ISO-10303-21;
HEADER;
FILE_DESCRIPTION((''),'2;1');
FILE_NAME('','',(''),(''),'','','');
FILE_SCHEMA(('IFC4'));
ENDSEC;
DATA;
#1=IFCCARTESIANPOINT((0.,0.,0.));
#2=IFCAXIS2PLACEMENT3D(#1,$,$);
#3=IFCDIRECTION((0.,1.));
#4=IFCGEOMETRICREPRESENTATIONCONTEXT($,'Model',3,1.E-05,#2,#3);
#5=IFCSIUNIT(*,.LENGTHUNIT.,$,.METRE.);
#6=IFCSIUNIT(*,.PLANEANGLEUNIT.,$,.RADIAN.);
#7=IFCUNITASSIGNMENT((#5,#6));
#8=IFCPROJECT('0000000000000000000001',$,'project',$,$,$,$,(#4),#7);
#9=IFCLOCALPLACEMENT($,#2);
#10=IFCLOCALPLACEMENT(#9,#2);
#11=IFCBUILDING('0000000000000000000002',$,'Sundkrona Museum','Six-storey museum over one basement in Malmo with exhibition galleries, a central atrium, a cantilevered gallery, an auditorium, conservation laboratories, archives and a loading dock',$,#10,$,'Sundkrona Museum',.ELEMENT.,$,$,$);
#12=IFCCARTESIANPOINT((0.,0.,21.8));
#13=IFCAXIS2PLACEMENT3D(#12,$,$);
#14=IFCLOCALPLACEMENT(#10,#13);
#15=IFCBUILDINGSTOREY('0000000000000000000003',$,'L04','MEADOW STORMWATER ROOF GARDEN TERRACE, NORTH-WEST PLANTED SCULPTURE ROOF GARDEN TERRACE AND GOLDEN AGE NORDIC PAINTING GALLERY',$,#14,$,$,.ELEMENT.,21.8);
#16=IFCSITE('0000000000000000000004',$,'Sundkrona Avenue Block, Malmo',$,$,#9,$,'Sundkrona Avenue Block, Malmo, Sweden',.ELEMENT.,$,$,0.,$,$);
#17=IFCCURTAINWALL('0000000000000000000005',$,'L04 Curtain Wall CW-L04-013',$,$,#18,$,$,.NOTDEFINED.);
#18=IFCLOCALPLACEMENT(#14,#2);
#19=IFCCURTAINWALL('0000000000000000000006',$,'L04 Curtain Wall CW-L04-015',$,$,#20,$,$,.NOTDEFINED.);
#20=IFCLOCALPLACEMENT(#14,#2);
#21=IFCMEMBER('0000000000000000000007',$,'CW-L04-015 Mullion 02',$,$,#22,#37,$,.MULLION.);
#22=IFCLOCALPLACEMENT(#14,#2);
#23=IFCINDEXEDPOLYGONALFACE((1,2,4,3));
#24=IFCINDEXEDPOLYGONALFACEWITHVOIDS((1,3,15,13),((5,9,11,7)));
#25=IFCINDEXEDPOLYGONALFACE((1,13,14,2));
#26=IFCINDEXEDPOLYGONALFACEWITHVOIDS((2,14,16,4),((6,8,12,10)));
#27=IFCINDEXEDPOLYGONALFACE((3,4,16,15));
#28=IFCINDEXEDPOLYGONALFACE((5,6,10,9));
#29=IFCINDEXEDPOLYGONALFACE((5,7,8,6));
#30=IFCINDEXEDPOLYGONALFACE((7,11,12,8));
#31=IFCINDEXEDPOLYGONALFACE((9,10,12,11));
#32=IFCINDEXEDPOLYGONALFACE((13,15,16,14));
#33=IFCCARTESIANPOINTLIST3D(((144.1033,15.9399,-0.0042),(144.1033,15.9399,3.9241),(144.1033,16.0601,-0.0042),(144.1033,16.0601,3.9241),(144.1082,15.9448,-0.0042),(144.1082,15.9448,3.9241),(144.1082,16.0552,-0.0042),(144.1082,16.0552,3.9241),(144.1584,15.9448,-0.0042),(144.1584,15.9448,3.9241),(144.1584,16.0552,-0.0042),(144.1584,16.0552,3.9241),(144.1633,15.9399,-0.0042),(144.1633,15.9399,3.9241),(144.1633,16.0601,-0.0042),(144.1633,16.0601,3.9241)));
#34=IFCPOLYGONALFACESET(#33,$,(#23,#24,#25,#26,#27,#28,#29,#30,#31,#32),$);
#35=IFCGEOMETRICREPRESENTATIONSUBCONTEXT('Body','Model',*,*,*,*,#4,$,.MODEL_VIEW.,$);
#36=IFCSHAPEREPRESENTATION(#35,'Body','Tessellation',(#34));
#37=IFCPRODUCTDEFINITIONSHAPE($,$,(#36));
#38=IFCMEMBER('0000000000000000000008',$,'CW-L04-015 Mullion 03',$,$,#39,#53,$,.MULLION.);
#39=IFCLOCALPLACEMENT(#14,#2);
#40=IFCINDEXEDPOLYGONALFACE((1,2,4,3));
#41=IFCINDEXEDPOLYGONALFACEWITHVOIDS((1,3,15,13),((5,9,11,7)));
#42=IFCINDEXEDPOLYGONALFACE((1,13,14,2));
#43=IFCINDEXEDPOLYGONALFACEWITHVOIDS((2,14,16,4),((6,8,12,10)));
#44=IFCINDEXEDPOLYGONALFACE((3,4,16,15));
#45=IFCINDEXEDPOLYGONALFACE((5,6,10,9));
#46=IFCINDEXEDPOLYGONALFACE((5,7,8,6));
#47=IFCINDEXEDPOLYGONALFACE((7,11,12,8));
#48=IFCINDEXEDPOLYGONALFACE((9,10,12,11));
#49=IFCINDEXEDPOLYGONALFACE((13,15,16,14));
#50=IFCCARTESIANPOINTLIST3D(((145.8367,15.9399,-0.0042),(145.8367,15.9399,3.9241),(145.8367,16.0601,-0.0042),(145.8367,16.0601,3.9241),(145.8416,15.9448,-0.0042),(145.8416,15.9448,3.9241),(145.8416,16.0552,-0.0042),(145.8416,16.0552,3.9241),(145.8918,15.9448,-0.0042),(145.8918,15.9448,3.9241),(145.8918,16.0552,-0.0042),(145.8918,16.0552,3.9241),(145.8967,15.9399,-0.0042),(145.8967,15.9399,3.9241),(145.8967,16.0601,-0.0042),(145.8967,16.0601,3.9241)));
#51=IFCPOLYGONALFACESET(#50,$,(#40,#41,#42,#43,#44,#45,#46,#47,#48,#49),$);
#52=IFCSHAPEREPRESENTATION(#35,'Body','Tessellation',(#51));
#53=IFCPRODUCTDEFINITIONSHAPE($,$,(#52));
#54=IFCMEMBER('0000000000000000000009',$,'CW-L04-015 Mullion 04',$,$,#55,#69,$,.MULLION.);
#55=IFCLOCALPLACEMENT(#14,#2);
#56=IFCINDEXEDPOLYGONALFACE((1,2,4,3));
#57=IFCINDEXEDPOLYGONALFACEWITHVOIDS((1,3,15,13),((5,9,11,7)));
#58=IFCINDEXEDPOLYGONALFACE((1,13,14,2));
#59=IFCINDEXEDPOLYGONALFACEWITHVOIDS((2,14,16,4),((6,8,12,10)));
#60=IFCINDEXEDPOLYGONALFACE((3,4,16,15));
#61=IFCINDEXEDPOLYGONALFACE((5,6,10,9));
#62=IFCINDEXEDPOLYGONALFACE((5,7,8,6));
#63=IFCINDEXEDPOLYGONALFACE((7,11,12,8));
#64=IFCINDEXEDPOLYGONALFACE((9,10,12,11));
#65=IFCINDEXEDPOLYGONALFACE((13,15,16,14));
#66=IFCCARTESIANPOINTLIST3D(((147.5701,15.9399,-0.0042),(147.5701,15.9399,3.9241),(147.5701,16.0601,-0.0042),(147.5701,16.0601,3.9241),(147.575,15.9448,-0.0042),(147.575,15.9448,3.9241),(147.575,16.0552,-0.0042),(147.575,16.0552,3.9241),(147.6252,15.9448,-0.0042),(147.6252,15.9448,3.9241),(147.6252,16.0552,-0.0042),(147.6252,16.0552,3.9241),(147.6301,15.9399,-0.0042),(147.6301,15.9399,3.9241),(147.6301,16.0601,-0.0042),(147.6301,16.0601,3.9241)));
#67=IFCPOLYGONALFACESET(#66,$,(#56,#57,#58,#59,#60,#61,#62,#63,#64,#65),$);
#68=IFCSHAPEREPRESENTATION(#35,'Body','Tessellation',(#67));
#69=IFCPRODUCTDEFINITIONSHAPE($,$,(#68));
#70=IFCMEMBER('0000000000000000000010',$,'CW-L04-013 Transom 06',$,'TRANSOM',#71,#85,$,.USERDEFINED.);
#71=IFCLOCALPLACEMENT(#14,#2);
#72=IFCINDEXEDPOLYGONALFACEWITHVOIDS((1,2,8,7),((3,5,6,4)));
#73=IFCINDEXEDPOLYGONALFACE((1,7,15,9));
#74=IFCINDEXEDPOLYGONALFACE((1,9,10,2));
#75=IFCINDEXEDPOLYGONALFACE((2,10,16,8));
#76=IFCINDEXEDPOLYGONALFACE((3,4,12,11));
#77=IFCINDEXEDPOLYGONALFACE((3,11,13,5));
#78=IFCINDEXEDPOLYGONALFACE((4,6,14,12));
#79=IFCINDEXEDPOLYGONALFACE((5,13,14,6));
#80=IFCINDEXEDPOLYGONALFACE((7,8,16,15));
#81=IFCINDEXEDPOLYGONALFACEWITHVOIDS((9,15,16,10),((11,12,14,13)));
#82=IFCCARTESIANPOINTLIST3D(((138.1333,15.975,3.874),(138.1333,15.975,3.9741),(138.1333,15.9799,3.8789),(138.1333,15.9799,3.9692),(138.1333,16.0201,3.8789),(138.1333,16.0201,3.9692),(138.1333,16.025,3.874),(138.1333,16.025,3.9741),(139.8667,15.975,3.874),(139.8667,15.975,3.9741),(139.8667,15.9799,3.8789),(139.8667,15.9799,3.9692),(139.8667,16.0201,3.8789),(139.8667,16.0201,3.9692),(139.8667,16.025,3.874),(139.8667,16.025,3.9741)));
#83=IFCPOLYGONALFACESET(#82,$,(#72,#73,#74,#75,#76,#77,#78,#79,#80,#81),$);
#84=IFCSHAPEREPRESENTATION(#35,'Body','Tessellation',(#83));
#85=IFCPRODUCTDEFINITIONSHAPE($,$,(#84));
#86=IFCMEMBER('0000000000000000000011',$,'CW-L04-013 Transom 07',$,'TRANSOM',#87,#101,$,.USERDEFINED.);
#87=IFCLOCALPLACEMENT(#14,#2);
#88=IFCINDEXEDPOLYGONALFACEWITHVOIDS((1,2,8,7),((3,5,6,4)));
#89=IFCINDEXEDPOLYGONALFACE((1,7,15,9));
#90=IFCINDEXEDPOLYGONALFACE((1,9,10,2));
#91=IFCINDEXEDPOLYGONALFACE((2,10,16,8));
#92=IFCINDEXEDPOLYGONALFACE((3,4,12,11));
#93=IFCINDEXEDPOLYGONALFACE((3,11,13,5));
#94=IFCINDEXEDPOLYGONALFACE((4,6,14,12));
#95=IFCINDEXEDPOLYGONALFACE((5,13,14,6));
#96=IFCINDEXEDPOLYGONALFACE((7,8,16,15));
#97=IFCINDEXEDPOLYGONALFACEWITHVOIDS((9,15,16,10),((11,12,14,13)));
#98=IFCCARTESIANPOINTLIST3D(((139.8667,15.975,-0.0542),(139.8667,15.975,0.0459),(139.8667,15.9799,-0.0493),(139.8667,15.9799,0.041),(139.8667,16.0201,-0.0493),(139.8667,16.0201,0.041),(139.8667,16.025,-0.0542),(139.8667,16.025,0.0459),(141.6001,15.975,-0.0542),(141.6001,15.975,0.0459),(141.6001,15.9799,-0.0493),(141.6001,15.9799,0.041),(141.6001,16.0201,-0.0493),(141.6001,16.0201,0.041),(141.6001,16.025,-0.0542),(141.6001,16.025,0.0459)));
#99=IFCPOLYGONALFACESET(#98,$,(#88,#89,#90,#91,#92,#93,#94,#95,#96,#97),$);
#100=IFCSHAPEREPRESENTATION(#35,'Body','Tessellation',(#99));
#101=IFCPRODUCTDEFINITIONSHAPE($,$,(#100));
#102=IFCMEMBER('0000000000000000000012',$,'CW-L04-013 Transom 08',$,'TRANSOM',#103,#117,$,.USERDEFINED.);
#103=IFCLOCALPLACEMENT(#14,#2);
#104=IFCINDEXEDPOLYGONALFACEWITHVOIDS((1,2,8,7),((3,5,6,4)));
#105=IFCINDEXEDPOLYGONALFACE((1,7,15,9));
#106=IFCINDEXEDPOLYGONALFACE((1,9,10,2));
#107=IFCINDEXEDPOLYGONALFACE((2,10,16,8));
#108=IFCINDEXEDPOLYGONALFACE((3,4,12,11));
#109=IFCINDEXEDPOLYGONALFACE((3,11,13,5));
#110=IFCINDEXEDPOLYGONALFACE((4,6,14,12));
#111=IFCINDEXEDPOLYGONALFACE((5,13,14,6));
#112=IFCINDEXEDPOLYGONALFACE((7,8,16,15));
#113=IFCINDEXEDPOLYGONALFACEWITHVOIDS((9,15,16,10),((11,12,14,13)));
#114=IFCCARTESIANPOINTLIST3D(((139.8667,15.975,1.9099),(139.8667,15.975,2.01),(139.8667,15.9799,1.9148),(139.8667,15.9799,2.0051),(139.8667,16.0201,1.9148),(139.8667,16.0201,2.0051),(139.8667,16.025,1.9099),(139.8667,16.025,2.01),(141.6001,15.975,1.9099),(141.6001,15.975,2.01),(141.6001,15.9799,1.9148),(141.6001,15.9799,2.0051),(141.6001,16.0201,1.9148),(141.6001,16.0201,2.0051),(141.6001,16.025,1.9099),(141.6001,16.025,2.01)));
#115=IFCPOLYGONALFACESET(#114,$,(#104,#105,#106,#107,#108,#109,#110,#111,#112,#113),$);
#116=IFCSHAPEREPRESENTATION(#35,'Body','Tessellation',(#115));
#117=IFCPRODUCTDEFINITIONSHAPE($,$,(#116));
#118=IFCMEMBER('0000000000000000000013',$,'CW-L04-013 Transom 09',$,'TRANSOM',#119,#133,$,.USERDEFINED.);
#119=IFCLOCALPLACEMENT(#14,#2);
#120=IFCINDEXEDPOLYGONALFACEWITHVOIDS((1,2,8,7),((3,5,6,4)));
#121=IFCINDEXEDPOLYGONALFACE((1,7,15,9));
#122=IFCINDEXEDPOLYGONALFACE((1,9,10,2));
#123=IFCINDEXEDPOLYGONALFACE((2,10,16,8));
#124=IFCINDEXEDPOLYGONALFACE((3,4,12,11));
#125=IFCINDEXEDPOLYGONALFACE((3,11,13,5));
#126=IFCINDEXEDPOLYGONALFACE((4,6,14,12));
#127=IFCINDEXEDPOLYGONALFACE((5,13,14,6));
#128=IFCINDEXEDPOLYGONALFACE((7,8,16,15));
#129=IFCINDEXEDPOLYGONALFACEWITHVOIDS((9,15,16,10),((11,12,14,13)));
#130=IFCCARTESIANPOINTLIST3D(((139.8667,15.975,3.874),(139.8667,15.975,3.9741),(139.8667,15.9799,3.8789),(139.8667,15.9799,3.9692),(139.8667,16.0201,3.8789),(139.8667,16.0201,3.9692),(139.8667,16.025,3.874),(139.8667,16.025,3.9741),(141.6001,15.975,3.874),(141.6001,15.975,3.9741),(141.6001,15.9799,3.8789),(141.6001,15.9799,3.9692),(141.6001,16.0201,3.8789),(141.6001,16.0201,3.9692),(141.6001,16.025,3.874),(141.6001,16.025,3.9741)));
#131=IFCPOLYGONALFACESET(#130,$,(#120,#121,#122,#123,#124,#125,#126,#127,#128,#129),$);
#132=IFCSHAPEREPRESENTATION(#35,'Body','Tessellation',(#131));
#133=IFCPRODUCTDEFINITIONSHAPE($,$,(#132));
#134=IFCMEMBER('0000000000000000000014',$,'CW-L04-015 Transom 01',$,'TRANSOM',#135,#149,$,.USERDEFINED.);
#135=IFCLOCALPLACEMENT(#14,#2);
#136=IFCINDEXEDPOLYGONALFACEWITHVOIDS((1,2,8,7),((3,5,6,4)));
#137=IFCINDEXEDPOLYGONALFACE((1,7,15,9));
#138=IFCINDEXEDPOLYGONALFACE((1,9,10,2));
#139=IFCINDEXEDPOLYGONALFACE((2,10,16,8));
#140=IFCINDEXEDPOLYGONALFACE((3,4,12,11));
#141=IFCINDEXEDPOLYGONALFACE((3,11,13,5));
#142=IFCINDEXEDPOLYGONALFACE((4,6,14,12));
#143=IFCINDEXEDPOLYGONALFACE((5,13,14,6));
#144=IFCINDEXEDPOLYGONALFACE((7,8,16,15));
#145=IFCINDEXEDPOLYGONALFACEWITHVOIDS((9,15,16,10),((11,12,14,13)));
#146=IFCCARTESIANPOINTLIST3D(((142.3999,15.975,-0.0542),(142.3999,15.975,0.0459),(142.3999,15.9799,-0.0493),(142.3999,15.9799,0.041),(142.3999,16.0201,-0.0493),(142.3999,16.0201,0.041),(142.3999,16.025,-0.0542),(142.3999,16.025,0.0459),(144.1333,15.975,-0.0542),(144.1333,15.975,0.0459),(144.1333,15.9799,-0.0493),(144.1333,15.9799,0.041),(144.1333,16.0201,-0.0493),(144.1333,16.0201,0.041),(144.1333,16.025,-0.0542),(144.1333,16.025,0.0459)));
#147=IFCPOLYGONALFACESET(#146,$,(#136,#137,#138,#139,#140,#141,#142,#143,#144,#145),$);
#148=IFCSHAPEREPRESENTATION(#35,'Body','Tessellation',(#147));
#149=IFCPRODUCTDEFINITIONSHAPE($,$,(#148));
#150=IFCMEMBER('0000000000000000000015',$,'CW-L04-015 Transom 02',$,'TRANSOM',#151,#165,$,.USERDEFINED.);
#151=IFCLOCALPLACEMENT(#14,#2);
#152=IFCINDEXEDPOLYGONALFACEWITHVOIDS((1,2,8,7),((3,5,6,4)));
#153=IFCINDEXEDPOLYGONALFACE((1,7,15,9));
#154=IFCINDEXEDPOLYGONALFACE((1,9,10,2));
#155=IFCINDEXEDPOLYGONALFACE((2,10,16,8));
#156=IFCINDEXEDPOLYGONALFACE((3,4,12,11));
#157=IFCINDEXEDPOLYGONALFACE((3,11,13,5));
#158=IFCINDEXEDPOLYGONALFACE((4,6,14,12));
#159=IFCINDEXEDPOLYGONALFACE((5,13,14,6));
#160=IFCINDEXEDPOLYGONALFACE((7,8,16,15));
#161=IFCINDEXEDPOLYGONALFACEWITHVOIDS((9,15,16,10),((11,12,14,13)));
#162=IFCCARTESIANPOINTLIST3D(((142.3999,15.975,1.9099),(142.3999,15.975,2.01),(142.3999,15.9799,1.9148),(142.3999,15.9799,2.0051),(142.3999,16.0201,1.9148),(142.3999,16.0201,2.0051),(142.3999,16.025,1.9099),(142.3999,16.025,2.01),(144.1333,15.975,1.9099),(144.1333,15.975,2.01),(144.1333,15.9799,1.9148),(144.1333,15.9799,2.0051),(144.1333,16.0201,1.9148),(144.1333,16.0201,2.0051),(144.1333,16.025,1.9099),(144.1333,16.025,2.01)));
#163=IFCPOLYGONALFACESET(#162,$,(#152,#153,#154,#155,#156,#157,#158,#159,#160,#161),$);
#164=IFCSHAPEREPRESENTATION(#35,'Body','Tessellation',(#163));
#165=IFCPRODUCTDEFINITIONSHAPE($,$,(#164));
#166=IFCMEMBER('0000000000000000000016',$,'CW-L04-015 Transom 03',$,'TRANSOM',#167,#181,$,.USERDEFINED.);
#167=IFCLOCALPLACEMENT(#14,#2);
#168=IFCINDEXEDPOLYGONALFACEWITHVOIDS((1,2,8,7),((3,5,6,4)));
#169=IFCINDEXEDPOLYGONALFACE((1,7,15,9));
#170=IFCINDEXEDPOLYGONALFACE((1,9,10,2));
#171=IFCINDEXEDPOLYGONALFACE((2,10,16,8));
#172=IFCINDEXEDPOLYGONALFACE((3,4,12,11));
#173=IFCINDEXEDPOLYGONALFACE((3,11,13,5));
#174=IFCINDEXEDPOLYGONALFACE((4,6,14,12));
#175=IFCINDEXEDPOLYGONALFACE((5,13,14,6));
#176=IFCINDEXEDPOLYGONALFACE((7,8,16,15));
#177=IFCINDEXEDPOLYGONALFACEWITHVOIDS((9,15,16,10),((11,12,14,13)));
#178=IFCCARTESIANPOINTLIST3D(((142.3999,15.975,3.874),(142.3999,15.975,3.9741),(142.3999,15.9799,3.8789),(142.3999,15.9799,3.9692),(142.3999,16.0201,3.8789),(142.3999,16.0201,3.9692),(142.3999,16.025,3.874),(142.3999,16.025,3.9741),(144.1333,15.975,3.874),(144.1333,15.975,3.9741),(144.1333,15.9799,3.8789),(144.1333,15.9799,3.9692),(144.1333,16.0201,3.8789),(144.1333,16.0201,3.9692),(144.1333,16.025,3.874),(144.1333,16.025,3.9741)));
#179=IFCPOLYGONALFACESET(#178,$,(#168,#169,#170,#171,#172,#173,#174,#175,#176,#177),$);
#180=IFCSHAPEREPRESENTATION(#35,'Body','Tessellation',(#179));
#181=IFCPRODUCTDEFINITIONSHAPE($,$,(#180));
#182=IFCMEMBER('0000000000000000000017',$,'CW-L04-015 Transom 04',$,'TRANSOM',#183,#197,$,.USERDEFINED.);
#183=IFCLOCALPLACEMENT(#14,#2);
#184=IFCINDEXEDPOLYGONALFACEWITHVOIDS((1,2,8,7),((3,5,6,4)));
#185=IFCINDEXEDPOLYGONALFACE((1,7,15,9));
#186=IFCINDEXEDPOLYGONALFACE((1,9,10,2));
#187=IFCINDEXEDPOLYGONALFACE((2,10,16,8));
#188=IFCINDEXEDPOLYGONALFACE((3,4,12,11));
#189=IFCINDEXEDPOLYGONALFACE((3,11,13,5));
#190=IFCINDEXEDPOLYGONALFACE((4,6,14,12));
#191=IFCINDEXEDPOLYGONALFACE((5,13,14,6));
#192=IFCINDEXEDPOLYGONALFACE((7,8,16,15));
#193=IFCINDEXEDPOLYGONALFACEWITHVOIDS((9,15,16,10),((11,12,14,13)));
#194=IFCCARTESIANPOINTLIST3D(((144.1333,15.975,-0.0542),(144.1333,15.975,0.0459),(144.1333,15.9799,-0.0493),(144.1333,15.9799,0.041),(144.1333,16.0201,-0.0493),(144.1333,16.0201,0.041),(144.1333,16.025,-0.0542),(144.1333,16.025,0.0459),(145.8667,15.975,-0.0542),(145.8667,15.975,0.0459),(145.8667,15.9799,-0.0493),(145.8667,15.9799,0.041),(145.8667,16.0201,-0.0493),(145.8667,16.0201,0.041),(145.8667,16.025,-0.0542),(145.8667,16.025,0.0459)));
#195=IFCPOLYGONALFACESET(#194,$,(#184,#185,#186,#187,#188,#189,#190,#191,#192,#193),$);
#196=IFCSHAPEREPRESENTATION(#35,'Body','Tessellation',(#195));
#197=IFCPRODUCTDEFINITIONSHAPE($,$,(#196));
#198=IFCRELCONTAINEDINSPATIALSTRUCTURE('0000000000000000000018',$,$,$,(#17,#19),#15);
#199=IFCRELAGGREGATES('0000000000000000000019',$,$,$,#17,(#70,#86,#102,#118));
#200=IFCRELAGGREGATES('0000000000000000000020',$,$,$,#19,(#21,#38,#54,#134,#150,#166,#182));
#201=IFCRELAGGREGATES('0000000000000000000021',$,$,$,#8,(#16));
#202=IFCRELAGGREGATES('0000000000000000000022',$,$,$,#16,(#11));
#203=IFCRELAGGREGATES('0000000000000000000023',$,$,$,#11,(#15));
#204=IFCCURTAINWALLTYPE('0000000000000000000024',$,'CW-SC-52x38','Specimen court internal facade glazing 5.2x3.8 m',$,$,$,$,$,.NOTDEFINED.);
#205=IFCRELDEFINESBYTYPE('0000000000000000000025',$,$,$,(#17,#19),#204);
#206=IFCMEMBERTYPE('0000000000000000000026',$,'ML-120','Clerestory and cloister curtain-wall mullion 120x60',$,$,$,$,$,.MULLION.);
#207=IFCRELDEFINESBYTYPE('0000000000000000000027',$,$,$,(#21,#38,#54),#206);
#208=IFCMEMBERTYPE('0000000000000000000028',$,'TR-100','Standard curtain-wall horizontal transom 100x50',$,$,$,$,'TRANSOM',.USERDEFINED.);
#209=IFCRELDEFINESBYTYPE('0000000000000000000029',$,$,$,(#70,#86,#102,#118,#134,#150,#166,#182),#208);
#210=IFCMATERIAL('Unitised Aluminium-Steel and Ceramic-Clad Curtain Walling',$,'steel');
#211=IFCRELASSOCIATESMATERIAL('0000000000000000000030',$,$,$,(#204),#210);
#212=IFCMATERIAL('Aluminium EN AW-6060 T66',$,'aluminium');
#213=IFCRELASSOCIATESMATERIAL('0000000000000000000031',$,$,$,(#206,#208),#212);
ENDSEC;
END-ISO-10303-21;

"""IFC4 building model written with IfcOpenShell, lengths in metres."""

from ifc_helpers import new_model, si_unit, direction, frame, origin, origin_2d, place, context, subcontext, project, spatial, hollow_rectangle, extrude, material, material_profile, profile_set, type_object, element, aggregate, save


model = new_model("IFC4")

# Units and contexts
model_context = context("Model", 3, precision=1e-05, world=origin(), true_north=direction((0.0, 1.0)))
body_context = subcontext(model_context, "Body", "Model", "MODEL_VIEW")
ifc_project = project(units=[si_unit("LENGTHUNIT", "METRE"), si_unit("PLANEANGLEUNIT", "RADIAN")], contexts=[model_context])

# Site, building, storey
site_placement = place(None, origin())
site = spatial("IfcSite", under=ifc_project, at=site_placement, Name="Sundkrona Avenue Block, Malmo", LongName="Sundkrona Avenue Block, Malmo, Sweden", CompositionType="ELEMENT", RefElevation=0.0)
building_placement = place(site_placement, origin())
building = spatial("IfcBuilding", under=site, at=building_placement, Name="Sundkrona Museum", Description="Six-storey museum over one basement in Malmo with exhibition galleries, a central atrium, a cantilevered gallery, an auditorium, conservation laboratories, archives and a loading dock", LongName="Sundkrona Museum", CompositionType="ELEMENT")
storey_placement = place(building_placement, frame((0.0, 0.0, 21.8)))
storey = spatial("IfcBuildingStorey", under=building, at=storey_placement, Name="L04", Description="MEADOW STORMWATER ROOF GARDEN TERRACE, NORTH-WEST PLANTED SCULPTURE ROOF GARDEN TERRACE AND GOLDEN AGE NORDIC PAINTING GALLERY", CompositionType="ELEMENT", Elevation=21.8)

# Curtain walls, members
ifc_material_1 = material(Name="Unitised Aluminium-Steel and Ceramic-Clad Curtain Walling", Category="steel")
curtain_wall_type = type_object("IfcCurtainWallType", Name="CW-SC-52x38", Description="Specimen court internal facade glazing 5.2x3.8 m", PredefinedType="NOTDEFINED", material=ifc_material_1)
curtain_wall_1_placement = place(storey_placement, origin())
curtain_wall_1 = element("IfcCurtainWall", 1, at=curtain_wall_1_placement, inside=storey, type_object=curtain_wall_type, Name="L04 Curtain Wall CW-L04-013", PredefinedType="NOTDEFINED")
ifc_material_2 = material(Name="Aluminium EN AW-6060 T66", Category="aluminium")
ifc_material_profile_1 = material_profile(ifc_material_2, hollow_rectangle(XDim=0.0601, YDim=0.1201, WallThickness=0.0049, at=origin_2d()), Name="RHS 120x60x5.0")
ifc_profile_set_1 = profile_set([ifc_material_profile_1], Name="Aluminium EN AW-6060 T66")
member_type_1 = type_object("IfcMemberType", Name="ML-120", Description="Clerestory and cloister curtain-wall mullion 120x60", PredefinedType="MULLION", material=ifc_profile_set_1)
curtain_wall_2_placement = place(storey_placement, origin())
curtain_wall_2 = element("IfcCurtainWall", 2, at=curtain_wall_2_placement, inside=storey, type_object=curtain_wall_type, Name="L04 Curtain Wall CW-L04-015", PredefinedType="NOTDEFINED")
member_1_placement = place(storey_placement, frame((144.1333, 16.0, -0.0042), z_axis=(0.0, 0.0, 1.0), x_axis=(1.0, 0.0, 0.0)))
member_1 = element("IfcMember", 3, at=member_1_placement, type_object=member_type_1, Name="CW-L04-015 Mullion 02", PredefinedType="MULLION", context=body_context, shape_type="SweptSolid", body=[
    extrude(hollow_rectangle(XDim=0.0601, YDim=0.1201, WallThickness=0.0049, at=origin_2d()), origin(), (0.0, 0.0, 1.0), 3.9282),
])
member_2_placement = place(storey_placement, frame((145.8667, 16.0, -0.0042), z_axis=(0.0, 0.0, 1.0), x_axis=(1.0, 0.0, 0.0)))
member_2 = element("IfcMember", 4, at=member_2_placement, type_object=member_type_1, Name="CW-L04-015 Mullion 03", PredefinedType="MULLION", context=body_context, shape_type="SweptSolid", body=[
    extrude(hollow_rectangle(XDim=0.0601, YDim=0.1201, WallThickness=0.0049, at=origin_2d()), origin(), (0.0, 0.0, 1.0), 3.9282),
])
member_3_placement = place(storey_placement, frame((147.6001, 16.0, -0.0042), z_axis=(0.0, 0.0, 1.0), x_axis=(1.0, 0.0, 0.0)))
member_3 = element("IfcMember", 5, at=member_3_placement, type_object=member_type_1, Name="CW-L04-015 Mullion 04", PredefinedType="MULLION", context=body_context, shape_type="SweptSolid", body=[
    extrude(hollow_rectangle(XDim=0.0601, YDim=0.1201, WallThickness=0.0049, at=origin_2d()), origin(), (0.0, 0.0, 1.0), 3.9282),
])

# Members
ifc_material_profile_2 = material_profile(ifc_material_2, hollow_rectangle(XDim=0.05, YDim=0.1001, WallThickness=0.0049, at=origin_2d()), Name="RHS 100x50x5.0")
ifc_profile_set_2 = profile_set([ifc_material_profile_2], Name="Aluminium EN AW-6060 T66")
member_type_2 = type_object("IfcMemberType", Name="TR-100", Description="Standard curtain-wall horizontal transom 100x50", ElementType="TRANSOM", PredefinedType="USERDEFINED", material=ifc_profile_set_2)
member_4_placement = place(storey_placement, frame((138.1333, 16.0, 3.9241), z_axis=(1.0, 0.0, 0.0), x_axis=(0.0, 1.0, 0.0)))
member_4 = element("IfcMember", 6, at=member_4_placement, type_object=member_type_2, Name="CW-L04-013 Transom 06", ObjectType="TRANSOM", PredefinedType="USERDEFINED", context=body_context, shape_type="SweptSolid", body=[
    extrude(hollow_rectangle(XDim=0.05, YDim=0.1001, WallThickness=0.0049, at=origin_2d()), origin(), (0.0, 0.0, 1.0), 1.7334),
])
member_5_placement = place(storey_placement, frame((139.8667, 16.0, -0.0042), z_axis=(1.0, 0.0, 0.0), x_axis=(0.0, 1.0, 0.0)))
member_5 = element("IfcMember", 7, at=member_5_placement, type_object=member_type_2, Name="CW-L04-013 Transom 07", ObjectType="TRANSOM", PredefinedType="USERDEFINED", context=body_context, shape_type="SweptSolid", body=[
    extrude(hollow_rectangle(XDim=0.05, YDim=0.1001, WallThickness=0.0049, at=origin_2d()), origin(), (0.0, 0.0, 1.0), 1.7334),
])
member_6_placement = place(storey_placement, frame((139.8667, 16.0, 1.96), z_axis=(1.0, 0.0, 0.0), x_axis=(0.0, 1.0, 0.0)))
member_6 = element("IfcMember", 8, at=member_6_placement, type_object=member_type_2, Name="CW-L04-013 Transom 08", ObjectType="TRANSOM", PredefinedType="USERDEFINED", context=body_context, shape_type="SweptSolid", body=[
    extrude(hollow_rectangle(XDim=0.05, YDim=0.1001, WallThickness=0.0049, at=origin_2d()), origin(), (0.0, 0.0, 1.0), 1.7334),
])
member_7_placement = place(storey_placement, frame((139.8667, 16.0, 3.9241), z_axis=(1.0, 0.0, 0.0), x_axis=(0.0, 1.0, 0.0)))
member_7 = element("IfcMember", 9, at=member_7_placement, type_object=member_type_2, Name="CW-L04-013 Transom 09", ObjectType="TRANSOM", PredefinedType="USERDEFINED", context=body_context, shape_type="SweptSolid", body=[
    extrude(hollow_rectangle(XDim=0.05, YDim=0.1001, WallThickness=0.0049, at=origin_2d()), origin(), (0.0, 0.0, 1.0), 1.7334),
])
member_8_placement = place(storey_placement, frame((142.3999, 16.0, -0.0042), z_axis=(1.0, 0.0, 0.0), x_axis=(0.0, 1.0, 0.0)))
member_8 = element("IfcMember", 10, at=member_8_placement, type_object=member_type_2, Name="CW-L04-015 Transom 01", ObjectType="TRANSOM", PredefinedType="USERDEFINED", context=body_context, shape_type="SweptSolid", body=[
    extrude(hollow_rectangle(XDim=0.05, YDim=0.1001, WallThickness=0.0049, at=origin_2d()), origin(), (0.0, 0.0, 1.0), 1.7334),
])
member_9_placement = place(storey_placement, frame((142.3999, 16.0, 1.96), z_axis=(1.0, 0.0, 0.0), x_axis=(0.0, 1.0, 0.0)))
member_9 = element("IfcMember", 11, at=member_9_placement, type_object=member_type_2, Name="CW-L04-015 Transom 02", ObjectType="TRANSOM", PredefinedType="USERDEFINED", context=body_context, shape_type="SweptSolid", body=[
    extrude(hollow_rectangle(XDim=0.05, YDim=0.1001, WallThickness=0.0049, at=origin_2d()), origin(), (0.0, 0.0, 1.0), 1.7334),
])
member_10_placement = place(storey_placement, frame((142.3999, 16.0, 3.9241), z_axis=(1.0, 0.0, 0.0), x_axis=(0.0, 1.0, 0.0)))
member_10 = element("IfcMember", 12, at=member_10_placement, type_object=member_type_2, Name="CW-L04-015 Transom 03", ObjectType="TRANSOM", PredefinedType="USERDEFINED", context=body_context, shape_type="SweptSolid", body=[
    extrude(hollow_rectangle(XDim=0.05, YDim=0.1001, WallThickness=0.0049, at=origin_2d()), origin(), (0.0, 0.0, 1.0), 1.7334),
])
member_11_placement = place(storey_placement, frame((144.1333, 16.0, -0.0042), z_axis=(1.0, 0.0, 0.0), x_axis=(0.0, 1.0, 0.0)))
member_11 = element("IfcMember", 13, at=member_11_placement, type_object=member_type_2, Name="CW-L04-015 Transom 04", ObjectType="TRANSOM", PredefinedType="USERDEFINED", context=body_context, shape_type="SweptSolid", body=[
    extrude(hollow_rectangle(XDim=0.05, YDim=0.1001, WallThickness=0.0049, at=origin_2d()), origin(), (0.0, 0.0, 1.0), 1.7334),
])

aggregate(curtain_wall_1, [member_4, member_5, member_6, member_7])
aggregate(curtain_wall_2, [member_1, member_2, member_3, member_8, member_9, member_10, member_11])

save(model, "model.ifc")
